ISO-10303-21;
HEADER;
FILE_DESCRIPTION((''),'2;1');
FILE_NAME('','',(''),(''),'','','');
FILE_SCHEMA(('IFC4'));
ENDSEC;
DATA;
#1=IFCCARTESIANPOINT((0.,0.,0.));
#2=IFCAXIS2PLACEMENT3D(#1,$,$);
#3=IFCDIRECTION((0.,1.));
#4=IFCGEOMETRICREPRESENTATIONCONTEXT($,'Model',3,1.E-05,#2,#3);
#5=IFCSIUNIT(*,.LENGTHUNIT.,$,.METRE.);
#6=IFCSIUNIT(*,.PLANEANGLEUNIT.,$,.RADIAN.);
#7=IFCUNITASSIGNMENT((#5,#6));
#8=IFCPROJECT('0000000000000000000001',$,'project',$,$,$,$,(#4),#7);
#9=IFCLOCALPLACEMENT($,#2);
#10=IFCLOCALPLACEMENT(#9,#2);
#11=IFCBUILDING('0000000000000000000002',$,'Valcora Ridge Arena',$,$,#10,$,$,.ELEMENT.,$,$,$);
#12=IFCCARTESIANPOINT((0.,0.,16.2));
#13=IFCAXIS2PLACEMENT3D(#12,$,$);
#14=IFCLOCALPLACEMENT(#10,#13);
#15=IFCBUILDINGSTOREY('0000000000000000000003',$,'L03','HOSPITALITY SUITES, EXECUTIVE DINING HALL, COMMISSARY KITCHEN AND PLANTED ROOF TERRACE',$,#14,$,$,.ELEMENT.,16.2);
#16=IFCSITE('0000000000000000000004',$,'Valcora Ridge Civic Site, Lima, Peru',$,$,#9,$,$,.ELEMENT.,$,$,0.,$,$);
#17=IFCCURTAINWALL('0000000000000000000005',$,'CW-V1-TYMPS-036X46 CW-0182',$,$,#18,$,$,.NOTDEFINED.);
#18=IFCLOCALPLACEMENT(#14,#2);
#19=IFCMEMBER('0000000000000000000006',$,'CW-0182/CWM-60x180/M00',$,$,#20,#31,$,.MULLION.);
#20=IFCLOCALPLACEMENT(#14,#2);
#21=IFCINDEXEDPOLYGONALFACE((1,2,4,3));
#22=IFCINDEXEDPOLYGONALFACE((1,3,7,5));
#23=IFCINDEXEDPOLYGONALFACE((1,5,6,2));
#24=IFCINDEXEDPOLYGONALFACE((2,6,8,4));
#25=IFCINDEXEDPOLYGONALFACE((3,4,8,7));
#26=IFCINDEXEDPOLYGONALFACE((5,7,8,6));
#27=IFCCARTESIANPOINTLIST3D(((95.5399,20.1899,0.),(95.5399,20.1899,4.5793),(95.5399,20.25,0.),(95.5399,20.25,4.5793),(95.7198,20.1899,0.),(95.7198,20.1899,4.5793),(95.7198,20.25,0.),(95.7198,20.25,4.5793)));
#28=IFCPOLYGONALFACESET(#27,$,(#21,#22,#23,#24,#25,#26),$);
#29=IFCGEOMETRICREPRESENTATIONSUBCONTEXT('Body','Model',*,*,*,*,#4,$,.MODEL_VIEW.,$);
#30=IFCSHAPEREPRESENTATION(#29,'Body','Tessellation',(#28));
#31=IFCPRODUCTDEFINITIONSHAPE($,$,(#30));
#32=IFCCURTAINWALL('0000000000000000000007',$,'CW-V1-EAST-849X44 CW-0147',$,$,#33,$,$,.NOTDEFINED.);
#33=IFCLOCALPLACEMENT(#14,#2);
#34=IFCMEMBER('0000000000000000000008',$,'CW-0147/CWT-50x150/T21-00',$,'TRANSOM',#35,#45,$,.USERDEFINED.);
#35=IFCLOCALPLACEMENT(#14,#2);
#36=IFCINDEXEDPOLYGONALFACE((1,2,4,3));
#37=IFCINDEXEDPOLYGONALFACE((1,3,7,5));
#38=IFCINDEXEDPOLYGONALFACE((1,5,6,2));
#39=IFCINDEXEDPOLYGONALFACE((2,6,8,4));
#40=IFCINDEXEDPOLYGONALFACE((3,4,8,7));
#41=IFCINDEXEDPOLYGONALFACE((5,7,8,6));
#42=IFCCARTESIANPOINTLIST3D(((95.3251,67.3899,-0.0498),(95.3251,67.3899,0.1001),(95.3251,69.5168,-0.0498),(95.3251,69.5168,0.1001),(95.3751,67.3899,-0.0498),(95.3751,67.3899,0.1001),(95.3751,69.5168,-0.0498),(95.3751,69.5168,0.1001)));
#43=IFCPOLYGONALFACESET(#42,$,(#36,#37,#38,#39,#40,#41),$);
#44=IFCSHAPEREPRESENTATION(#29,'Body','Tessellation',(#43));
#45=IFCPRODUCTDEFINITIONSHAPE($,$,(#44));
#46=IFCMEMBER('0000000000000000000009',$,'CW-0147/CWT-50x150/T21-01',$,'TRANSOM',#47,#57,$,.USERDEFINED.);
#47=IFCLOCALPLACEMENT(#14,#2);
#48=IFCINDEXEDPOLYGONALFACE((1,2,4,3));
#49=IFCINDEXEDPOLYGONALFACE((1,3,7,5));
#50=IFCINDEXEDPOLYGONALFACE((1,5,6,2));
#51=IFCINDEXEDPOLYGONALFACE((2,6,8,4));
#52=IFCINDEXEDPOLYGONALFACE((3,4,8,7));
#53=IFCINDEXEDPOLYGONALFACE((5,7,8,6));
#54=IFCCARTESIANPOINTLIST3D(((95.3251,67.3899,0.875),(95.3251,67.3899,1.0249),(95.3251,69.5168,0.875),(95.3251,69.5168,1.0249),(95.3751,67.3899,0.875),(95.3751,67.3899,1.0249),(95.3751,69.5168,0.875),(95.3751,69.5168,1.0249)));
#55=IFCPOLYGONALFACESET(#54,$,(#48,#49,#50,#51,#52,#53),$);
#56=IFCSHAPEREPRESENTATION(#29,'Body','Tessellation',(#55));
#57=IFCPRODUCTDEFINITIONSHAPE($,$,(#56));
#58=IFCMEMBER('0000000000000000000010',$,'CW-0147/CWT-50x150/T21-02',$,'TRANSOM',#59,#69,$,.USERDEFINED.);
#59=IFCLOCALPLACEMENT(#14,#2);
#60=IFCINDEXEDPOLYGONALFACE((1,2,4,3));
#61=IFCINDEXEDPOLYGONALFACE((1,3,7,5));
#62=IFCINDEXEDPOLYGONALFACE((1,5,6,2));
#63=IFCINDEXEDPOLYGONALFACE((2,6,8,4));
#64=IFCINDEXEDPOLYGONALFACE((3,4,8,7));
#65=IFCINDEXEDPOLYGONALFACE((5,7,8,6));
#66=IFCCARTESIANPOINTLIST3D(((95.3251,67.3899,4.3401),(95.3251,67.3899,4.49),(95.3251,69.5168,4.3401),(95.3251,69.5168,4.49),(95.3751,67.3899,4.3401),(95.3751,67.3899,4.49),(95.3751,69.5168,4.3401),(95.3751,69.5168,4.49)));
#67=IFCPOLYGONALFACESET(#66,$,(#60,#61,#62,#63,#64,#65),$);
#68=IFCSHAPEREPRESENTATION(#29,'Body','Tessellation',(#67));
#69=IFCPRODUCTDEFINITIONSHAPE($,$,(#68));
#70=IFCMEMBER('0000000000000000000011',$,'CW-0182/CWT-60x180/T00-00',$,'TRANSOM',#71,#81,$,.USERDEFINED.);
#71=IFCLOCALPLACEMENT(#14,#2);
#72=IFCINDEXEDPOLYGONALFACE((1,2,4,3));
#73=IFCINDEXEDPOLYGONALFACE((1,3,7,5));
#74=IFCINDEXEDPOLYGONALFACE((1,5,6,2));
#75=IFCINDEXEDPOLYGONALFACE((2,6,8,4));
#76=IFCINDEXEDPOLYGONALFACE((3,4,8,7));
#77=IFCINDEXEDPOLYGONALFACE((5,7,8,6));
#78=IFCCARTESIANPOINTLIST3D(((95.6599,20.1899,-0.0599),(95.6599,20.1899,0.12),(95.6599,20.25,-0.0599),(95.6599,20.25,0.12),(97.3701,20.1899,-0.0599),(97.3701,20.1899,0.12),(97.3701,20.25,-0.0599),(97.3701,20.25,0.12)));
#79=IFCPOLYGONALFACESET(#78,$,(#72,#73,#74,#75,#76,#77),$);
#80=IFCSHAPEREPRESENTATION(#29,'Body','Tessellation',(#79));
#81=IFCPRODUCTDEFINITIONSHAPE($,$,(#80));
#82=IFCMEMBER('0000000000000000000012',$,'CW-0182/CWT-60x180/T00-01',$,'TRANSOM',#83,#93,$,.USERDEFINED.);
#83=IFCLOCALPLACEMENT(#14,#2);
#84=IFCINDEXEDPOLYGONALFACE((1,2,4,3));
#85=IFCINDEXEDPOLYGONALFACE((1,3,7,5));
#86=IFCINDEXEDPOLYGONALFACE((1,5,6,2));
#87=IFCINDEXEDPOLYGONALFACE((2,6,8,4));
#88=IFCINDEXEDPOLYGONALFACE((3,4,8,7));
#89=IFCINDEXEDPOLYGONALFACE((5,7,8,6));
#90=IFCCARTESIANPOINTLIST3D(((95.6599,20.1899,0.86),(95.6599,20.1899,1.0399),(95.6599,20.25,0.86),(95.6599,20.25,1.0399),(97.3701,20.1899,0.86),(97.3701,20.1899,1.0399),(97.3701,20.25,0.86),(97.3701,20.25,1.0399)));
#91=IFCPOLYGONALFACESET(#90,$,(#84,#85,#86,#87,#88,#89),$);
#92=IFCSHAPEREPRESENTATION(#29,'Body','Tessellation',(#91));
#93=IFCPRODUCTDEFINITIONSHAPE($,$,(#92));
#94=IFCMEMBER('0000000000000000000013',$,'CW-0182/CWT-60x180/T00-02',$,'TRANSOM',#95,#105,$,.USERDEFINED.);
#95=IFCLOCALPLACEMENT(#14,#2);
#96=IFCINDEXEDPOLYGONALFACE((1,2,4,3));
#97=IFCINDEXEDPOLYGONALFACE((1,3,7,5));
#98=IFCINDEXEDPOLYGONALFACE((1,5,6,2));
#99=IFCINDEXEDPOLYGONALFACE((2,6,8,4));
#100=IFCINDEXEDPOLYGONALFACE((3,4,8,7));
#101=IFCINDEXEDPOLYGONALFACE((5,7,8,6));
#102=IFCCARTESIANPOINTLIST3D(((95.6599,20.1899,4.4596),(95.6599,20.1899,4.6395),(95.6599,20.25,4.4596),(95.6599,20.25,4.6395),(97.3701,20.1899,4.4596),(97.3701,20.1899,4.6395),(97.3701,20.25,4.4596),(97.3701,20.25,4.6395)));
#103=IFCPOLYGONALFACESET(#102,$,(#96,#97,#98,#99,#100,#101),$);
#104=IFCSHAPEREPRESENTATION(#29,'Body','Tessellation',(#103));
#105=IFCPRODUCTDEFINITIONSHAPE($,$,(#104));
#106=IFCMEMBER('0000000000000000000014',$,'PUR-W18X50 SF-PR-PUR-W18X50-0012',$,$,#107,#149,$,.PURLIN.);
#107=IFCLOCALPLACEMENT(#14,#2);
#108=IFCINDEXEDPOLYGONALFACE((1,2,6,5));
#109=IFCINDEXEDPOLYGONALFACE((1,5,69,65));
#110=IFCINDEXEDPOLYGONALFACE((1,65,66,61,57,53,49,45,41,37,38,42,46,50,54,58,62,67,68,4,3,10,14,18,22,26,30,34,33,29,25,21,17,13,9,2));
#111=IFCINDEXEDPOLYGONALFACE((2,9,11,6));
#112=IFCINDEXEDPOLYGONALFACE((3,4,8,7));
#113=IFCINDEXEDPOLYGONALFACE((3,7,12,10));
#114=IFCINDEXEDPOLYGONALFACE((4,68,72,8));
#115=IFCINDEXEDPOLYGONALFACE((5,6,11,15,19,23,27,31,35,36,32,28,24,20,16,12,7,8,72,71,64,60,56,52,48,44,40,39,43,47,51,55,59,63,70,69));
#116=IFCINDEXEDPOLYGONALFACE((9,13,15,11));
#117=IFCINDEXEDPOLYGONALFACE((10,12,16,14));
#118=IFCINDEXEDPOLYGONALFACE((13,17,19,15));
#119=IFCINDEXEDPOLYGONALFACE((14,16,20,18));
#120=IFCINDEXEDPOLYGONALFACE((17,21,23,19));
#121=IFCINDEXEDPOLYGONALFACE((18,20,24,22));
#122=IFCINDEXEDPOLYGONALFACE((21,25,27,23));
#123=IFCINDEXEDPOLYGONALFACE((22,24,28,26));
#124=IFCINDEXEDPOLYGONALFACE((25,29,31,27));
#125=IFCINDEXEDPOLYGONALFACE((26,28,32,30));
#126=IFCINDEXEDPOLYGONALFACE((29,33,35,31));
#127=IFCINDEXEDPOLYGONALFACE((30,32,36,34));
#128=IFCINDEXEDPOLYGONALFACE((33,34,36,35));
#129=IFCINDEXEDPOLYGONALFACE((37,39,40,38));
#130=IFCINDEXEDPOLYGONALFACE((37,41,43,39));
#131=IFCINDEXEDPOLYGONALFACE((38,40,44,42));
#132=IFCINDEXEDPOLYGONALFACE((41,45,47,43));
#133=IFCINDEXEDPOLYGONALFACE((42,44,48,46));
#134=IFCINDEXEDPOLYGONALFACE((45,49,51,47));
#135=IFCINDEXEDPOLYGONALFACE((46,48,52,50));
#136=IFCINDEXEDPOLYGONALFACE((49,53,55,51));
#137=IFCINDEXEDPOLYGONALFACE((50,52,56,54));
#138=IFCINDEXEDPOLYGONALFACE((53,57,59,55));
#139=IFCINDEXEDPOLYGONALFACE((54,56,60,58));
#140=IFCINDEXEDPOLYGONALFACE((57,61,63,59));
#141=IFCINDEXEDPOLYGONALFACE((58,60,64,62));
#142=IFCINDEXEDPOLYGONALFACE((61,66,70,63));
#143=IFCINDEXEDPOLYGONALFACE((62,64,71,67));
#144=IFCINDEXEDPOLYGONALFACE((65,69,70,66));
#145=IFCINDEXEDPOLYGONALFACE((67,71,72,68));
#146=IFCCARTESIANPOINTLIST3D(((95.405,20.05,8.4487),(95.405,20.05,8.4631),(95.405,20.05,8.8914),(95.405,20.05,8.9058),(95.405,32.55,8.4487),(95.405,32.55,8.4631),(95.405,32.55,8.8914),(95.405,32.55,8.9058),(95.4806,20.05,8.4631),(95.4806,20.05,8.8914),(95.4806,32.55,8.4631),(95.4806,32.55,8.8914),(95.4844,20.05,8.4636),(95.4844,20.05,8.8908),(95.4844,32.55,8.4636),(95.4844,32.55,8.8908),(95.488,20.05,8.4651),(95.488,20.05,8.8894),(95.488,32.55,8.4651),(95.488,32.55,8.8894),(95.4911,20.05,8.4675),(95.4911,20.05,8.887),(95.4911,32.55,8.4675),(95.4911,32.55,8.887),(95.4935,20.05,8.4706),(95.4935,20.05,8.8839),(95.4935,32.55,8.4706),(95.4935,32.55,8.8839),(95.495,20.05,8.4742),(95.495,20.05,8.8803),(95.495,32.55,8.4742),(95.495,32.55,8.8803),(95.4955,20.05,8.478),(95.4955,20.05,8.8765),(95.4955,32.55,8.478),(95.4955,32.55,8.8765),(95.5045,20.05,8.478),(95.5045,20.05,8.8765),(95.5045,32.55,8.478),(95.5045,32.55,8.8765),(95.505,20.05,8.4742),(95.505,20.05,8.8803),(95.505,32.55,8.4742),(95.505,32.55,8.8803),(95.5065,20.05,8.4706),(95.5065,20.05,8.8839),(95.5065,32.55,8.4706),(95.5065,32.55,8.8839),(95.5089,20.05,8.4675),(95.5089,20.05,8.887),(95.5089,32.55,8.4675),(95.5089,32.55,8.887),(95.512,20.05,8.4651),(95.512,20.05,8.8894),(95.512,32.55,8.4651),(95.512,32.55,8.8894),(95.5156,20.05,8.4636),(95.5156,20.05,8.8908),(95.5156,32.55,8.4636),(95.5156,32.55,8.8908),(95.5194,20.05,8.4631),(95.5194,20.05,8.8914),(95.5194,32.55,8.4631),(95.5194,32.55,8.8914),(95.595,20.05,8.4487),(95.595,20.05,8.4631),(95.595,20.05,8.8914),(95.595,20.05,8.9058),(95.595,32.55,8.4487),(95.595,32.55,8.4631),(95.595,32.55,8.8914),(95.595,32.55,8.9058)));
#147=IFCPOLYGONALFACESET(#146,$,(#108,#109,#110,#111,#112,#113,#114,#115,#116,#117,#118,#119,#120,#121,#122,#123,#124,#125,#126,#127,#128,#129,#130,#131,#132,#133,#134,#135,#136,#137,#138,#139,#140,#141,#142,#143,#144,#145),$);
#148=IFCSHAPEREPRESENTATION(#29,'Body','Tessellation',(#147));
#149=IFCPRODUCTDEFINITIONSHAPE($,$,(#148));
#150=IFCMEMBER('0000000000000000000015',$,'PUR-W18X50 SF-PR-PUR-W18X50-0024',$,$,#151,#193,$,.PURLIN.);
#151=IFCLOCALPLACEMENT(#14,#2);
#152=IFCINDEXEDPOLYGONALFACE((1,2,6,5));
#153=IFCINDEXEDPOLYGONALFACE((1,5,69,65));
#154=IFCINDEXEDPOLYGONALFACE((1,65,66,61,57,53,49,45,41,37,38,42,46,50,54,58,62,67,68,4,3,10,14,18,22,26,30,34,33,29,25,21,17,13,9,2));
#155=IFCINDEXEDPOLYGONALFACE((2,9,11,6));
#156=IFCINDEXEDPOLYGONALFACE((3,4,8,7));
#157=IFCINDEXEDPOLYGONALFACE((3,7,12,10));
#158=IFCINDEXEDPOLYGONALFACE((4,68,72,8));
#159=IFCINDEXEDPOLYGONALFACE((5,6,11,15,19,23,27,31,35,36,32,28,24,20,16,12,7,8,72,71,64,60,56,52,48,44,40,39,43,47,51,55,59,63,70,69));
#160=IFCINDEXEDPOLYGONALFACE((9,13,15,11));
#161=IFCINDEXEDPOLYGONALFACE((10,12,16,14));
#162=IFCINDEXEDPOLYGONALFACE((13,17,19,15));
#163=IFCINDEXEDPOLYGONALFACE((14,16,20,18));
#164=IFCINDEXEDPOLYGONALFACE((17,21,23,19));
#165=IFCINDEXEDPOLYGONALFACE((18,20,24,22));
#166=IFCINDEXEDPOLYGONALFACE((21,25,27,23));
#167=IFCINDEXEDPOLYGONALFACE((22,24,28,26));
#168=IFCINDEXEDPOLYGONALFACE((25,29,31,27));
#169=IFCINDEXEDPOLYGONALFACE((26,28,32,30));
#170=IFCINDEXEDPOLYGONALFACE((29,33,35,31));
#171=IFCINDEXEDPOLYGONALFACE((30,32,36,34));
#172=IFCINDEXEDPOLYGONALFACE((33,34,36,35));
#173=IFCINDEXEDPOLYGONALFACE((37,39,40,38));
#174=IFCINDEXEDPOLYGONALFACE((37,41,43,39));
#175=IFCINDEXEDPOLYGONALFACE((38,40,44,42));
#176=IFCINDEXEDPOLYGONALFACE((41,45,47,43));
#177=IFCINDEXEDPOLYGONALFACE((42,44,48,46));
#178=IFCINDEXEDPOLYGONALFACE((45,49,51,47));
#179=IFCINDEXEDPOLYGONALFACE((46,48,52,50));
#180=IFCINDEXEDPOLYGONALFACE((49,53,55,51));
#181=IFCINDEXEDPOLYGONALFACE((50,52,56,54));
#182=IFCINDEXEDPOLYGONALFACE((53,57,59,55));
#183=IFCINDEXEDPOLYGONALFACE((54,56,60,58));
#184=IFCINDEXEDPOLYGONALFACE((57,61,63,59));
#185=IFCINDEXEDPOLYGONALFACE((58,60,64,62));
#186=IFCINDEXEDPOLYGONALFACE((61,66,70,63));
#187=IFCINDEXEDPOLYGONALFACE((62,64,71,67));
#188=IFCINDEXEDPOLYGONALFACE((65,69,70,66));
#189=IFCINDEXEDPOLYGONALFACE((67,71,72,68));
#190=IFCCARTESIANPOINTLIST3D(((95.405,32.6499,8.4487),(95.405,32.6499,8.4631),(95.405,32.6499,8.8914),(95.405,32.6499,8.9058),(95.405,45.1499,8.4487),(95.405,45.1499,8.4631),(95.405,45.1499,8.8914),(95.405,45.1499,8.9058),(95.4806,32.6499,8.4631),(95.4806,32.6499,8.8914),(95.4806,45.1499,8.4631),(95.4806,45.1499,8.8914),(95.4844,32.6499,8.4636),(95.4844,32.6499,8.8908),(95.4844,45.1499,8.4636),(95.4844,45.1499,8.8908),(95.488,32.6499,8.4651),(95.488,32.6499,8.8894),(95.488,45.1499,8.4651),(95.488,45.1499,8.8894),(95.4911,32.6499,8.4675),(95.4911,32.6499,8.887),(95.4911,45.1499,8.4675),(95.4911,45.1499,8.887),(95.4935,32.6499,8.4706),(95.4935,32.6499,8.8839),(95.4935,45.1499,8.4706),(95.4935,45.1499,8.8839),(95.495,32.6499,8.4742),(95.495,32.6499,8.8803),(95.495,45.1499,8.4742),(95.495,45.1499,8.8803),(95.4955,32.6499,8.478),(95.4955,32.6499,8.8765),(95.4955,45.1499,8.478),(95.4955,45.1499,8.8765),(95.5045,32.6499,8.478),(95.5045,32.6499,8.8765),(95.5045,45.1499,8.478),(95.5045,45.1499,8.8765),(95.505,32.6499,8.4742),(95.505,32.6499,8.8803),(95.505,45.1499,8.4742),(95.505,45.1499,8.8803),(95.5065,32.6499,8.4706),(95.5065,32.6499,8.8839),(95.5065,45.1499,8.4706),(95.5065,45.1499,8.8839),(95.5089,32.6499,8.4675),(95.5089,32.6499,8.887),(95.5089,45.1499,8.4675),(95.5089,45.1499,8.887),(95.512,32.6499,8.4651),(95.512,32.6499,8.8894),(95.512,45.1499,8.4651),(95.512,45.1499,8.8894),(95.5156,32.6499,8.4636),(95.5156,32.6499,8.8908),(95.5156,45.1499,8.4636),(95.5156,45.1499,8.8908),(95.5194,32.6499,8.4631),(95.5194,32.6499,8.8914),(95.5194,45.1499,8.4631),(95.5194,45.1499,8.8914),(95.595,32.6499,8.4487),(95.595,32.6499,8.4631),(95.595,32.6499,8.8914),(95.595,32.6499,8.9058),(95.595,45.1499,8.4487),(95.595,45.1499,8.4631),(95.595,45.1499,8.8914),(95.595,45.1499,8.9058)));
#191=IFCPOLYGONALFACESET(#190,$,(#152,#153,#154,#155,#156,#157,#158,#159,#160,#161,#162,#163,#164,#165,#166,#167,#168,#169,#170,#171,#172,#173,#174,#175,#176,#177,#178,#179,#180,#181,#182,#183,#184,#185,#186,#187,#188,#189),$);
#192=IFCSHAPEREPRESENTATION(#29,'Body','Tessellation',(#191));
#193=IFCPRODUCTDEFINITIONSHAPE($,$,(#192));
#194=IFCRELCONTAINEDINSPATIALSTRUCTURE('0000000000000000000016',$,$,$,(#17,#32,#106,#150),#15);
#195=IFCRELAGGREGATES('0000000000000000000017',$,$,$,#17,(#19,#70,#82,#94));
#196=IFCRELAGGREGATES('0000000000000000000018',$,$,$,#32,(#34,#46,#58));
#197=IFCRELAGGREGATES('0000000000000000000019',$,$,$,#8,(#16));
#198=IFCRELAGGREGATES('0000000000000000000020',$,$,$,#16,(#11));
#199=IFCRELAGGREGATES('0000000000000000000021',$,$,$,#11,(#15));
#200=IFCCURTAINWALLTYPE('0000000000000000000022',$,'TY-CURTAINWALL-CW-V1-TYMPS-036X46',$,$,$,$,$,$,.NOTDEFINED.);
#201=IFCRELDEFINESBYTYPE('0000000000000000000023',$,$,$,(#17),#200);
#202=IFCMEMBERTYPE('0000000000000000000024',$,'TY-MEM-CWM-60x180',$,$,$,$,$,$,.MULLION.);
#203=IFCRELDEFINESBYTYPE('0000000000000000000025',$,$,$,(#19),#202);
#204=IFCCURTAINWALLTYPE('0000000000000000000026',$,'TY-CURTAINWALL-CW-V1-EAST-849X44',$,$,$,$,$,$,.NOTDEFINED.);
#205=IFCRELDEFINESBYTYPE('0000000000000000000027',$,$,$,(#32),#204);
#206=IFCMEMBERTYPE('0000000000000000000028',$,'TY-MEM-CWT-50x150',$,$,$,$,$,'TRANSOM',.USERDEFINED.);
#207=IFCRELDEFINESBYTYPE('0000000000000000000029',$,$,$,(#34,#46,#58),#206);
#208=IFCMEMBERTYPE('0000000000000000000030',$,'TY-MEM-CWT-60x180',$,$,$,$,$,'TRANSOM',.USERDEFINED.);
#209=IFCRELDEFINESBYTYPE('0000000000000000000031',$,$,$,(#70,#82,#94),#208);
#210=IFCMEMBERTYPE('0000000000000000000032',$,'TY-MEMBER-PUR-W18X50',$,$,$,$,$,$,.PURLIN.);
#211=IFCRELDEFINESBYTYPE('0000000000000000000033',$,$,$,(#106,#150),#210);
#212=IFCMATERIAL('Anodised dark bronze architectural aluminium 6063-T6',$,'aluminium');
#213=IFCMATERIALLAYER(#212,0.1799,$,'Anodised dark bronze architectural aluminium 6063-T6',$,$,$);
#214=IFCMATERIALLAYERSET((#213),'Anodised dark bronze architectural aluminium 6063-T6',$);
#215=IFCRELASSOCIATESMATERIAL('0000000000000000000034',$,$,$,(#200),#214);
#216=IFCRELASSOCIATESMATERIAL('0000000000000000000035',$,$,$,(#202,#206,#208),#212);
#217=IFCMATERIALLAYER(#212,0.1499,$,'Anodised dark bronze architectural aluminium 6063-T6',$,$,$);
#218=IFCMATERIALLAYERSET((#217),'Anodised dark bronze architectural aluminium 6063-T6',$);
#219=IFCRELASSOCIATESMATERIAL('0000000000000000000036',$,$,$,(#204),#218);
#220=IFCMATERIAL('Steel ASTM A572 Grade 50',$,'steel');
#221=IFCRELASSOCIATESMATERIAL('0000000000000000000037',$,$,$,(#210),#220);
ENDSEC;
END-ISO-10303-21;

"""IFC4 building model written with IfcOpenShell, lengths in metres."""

from ifc_helpers import new_model, si_unit, direction, frame, origin, origin_2d, place, context, subcontext, project, spatial, rectangle, i_section, extrude, material, layer, layer_set, material_profile, profile_set, type_object, element, aggregate, save


model = new_model("IFC4")

# Units and contexts
model_context = context("Model", 3, precision=1e-05, world=origin(), true_north=direction((0.0, 1.0)))
body_context = subcontext(model_context, "Body", "Model", "MODEL_VIEW")
ifc_project = project(units=[si_unit("LENGTHUNIT", "METRE"), si_unit("PLANEANGLEUNIT", "RADIAN")], contexts=[model_context])

# Site, building, storey
site_placement = place(None, origin())
site = spatial("IfcSite", under=ifc_project, at=site_placement, Name="Valcora Ridge Civic Site, Lima, Peru", CompositionType="ELEMENT", RefElevation=0.0)
building_placement = place(site_placement, origin())
building = spatial("IfcBuilding", under=site, at=building_placement, Name="Valcora Ridge Arena", CompositionType="ELEMENT")
storey_placement = place(building_placement, frame((0.0, 0.0, 16.2)))
storey = spatial("IfcBuildingStorey", under=building, at=storey_placement, Name="L03", Description="HOSPITALITY SUITES, EXECUTIVE DINING HALL, COMMISSARY KITCHEN AND PLANTED ROOF TERRACE", CompositionType="ELEMENT", Elevation=16.2)

# Curtain wall, member
ifc_material_1 = material(Name="Anodised dark bronze architectural aluminium 6063-T6", Category="aluminium")
ifc_layer_1 = layer(ifc_material_1, 0.1799, Name="Anodised dark bronze architectural aluminium 6063-T6")
ifc_layer_set_1 = layer_set([ifc_layer_1], Name="Anodised dark bronze architectural aluminium 6063-T6")
curtain_wall_type_1 = type_object("IfcCurtainWallType", Name="TY-CURTAINWALL-CW-V1-TYMPS-036X46", PredefinedType="NOTDEFINED", material=ifc_layer_set_1)
curtain_wall_1_placement = place(storey_placement, origin())
curtain_wall_1 = element("IfcCurtainWall", 1, at=curtain_wall_1_placement, inside=storey, type_object=curtain_wall_type_1, Name="CW-V1-TYMPS-036X46 CW-0182", PredefinedType="NOTDEFINED")
ifc_material_profile_1 = material_profile(ifc_material_1, rectangle(XDim=0.0601, YDim=0.1799, at=origin_2d()), Name="ALU MULLION 60x180")
ifc_profile_set_1 = profile_set([ifc_material_profile_1], Name="Anodised dark bronze architectural aluminium 6063-T6")
member_type_1 = type_object("IfcMemberType", Name="TY-MEM-CWM-60x180", PredefinedType="MULLION", material=ifc_profile_set_1)
member_1_placement = place(storey_placement, frame((95.6299, 20.22, 0.0), z_axis=(0.0, 0.0, 1.0), x_axis=(0.0, 1.0, 0.0)))
member_1 = element("IfcMember", 2, at=member_1_placement, type_object=member_type_1, Name="CW-0182/CWM-60x180/M00", PredefinedType="MULLION", context=body_context, shape_type="SweptSolid", body=[
    extrude(rectangle(XDim=0.0601, YDim=0.1799, at=origin_2d()), origin(), (0.0, 0.0, 1.0), 4.5793),
])

# Curtain wall, members
ifc_layer_2 = layer(ifc_material_1, 0.1499, Name="Anodised dark bronze architectural aluminium 6063-T6")
ifc_layer_set_2 = layer_set([ifc_layer_2], Name="Anodised dark bronze architectural aluminium 6063-T6")
curtain_wall_type_2 = type_object("IfcCurtainWallType", Name="TY-CURTAINWALL-CW-V1-EAST-849X44", PredefinedType="NOTDEFINED", material=ifc_layer_set_2)
curtain_wall_2_placement = place(storey_placement, origin())
curtain_wall_2 = element("IfcCurtainWall", 3, at=curtain_wall_2_placement, inside=storey, type_object=curtain_wall_type_2, Name="CW-V1-EAST-849X44 CW-0147", PredefinedType="NOTDEFINED")
ifc_material_profile_2 = material_profile(ifc_material_1, rectangle(XDim=0.05, YDim=0.1499, at=origin_2d()), Name="ALU TRANSOM 50x150")
ifc_profile_set_2 = profile_set([ifc_material_profile_2], Name="Anodised dark bronze architectural aluminium 6063-T6")
member_type_2 = type_object("IfcMemberType", Name="TY-MEM-CWT-50x150", ElementType="TRANSOM", PredefinedType="USERDEFINED", material=ifc_profile_set_2)
member_2_placement = place(storey_placement, frame((95.3501, 67.3899, 0.0251), z_axis=(0.0, 1.0, 0.0), x_axis=(-1.0, 0.0, 0.0)))
member_2 = element("IfcMember", 4, at=member_2_placement, type_object=member_type_2, Name="CW-0147/CWT-50x150/T21-00", ObjectType="TRANSOM", PredefinedType="USERDEFINED", context=body_context, shape_type="SweptSolid", body=[
    extrude(rectangle(XDim=0.05, YDim=0.1499, at=origin_2d()), origin(), (0.0, 0.0, 1.0), 2.127),
])
member_3_placement = place(storey_placement, frame((95.3501, 67.3899, 0.95), z_axis=(0.0, 1.0, 0.0), x_axis=(-1.0, 0.0, 0.0)))
member_3 = element("IfcMember", 5, at=member_3_placement, type_object=member_type_2, Name="CW-0147/CWT-50x150/T21-01", ObjectType="TRANSOM", PredefinedType="USERDEFINED", context=body_context, shape_type="SweptSolid", body=[
    extrude(rectangle(XDim=0.05, YDim=0.1499, at=origin_2d()), origin(), (0.0, 0.0, 1.0), 2.127),
])
member_4_placement = place(storey_placement, frame((95.3501, 67.3899, 4.415), z_axis=(0.0, 1.0, 0.0), x_axis=(-1.0, 0.0, 0.0)))
member_4 = element("IfcMember", 6, at=member_4_placement, type_object=member_type_2, Name="CW-0147/CWT-50x150/T21-02", ObjectType="TRANSOM", PredefinedType="USERDEFINED", context=body_context, shape_type="SweptSolid", body=[
    extrude(rectangle(XDim=0.05, YDim=0.1499, at=origin_2d()), origin(), (0.0, 0.0, 1.0), 2.127),
])

# Members
ifc_material_profile_3 = material_profile(ifc_material_1, rectangle(XDim=0.0601, YDim=0.1799, at=origin_2d()), Name="ALU TRANSOM 60x180")
ifc_profile_set_3 = profile_set([ifc_material_profile_3], Name="Anodised dark bronze architectural aluminium 6063-T6")
member_type_3 = type_object("IfcMemberType", Name="TY-MEM-CWT-60x180", ElementType="TRANSOM", PredefinedType="USERDEFINED", material=ifc_profile_set_3)
member_5_placement = place(storey_placement, frame((95.6599, 20.22, 0.03), z_axis=(1.0, 0.0, 0.0), x_axis=(0.0, 1.0, 0.0)))
member_5 = element("IfcMember", 7, at=member_5_placement, type_object=member_type_3, Name="CW-0182/CWT-60x180/T00-00", ObjectType="TRANSOM", PredefinedType="USERDEFINED", context=body_context, shape_type="SweptSolid", body=[
    extrude(rectangle(XDim=0.0601, YDim=0.1799, at=origin_2d()), origin(), (0.0, 0.0, 1.0), 1.7102),
])
member_6_placement = place(storey_placement, frame((95.6599, 20.22, 0.95), z_axis=(1.0, 0.0, 0.0), x_axis=(0.0, 1.0, 0.0)))
member_6 = element("IfcMember", 8, at=member_6_placement, type_object=member_type_3, Name="CW-0182/CWT-60x180/T00-01", ObjectType="TRANSOM", PredefinedType="USERDEFINED", context=body_context, shape_type="SweptSolid", body=[
    extrude(rectangle(XDim=0.0601, YDim=0.1799, at=origin_2d()), origin(), (0.0, 0.0, 1.0), 1.7102),
])
member_7_placement = place(storey_placement, frame((95.6599, 20.22, 4.5496), z_axis=(1.0, 0.0, 0.0), x_axis=(0.0, 1.0, 0.0)))
member_7 = element("IfcMember", 9, at=member_7_placement, type_object=member_type_3, Name="CW-0182/CWT-60x180/T00-02", ObjectType="TRANSOM", PredefinedType="USERDEFINED", context=body_context, shape_type="SweptSolid", body=[
    extrude(rectangle(XDim=0.0601, YDim=0.1799, at=origin_2d()), origin(), (0.0, 0.0, 1.0), 1.7102),
])
aggregate(curtain_wall_1, [member_1, member_5, member_6, member_7])

# Members
ifc_material_2 = material(Name="Steel ASTM A572 Grade 50", Category="steel")
ifc_material_profile_4 = material_profile(ifc_material_2, i_section(OverallWidth=0.1899, OverallDepth=0.457, WebThickness=0.009, FlangeThickness=0.0144, FilletRadius=0.0149, at=origin_2d()), Name="W18X50")
ifc_profile_set_4 = profile_set([ifc_material_profile_4], Name="Steel ASTM A572 Grade 50")
member_type_4 = type_object("IfcMemberType", Name="TY-MEMBER-PUR-W18X50", PredefinedType="PURLIN", material=ifc_profile_set_4)
for number, where, z_axis, x_axis, name in (
    (10, (95.5, 20.05, 8.6772), (0.0, 1.0, 0.0), (-1.0, 0.0, 0.0), "PUR-W18X50 SF-PR-PUR-W18X50-0012"),
    (11, (95.5, 32.6499, 8.6772), (0.0, 1.0, 0.0), (-1.0, 0.0, 0.0), "PUR-W18X50 SF-PR-PUR-W18X50-0024"),
):
    element("IfcMember", number, at=place(storey_placement, frame(where, z_axis=z_axis, x_axis=x_axis)), inside=storey, type_object=member_type_4, Name=name, PredefinedType="PURLIN", context=body_context, shape_type="SweptSolid", body=[
        extrude(i_section(OverallWidth=0.1899, OverallDepth=0.457, WebThickness=0.009, FlangeThickness=0.0144, FilletRadius=0.0149, at=origin_2d()), origin(), (0.0, 0.0, 1.0), 12.5),
    ])

aggregate(curtain_wall_2, [member_2, member_3, member_4])

save(model, "model.ifc")
